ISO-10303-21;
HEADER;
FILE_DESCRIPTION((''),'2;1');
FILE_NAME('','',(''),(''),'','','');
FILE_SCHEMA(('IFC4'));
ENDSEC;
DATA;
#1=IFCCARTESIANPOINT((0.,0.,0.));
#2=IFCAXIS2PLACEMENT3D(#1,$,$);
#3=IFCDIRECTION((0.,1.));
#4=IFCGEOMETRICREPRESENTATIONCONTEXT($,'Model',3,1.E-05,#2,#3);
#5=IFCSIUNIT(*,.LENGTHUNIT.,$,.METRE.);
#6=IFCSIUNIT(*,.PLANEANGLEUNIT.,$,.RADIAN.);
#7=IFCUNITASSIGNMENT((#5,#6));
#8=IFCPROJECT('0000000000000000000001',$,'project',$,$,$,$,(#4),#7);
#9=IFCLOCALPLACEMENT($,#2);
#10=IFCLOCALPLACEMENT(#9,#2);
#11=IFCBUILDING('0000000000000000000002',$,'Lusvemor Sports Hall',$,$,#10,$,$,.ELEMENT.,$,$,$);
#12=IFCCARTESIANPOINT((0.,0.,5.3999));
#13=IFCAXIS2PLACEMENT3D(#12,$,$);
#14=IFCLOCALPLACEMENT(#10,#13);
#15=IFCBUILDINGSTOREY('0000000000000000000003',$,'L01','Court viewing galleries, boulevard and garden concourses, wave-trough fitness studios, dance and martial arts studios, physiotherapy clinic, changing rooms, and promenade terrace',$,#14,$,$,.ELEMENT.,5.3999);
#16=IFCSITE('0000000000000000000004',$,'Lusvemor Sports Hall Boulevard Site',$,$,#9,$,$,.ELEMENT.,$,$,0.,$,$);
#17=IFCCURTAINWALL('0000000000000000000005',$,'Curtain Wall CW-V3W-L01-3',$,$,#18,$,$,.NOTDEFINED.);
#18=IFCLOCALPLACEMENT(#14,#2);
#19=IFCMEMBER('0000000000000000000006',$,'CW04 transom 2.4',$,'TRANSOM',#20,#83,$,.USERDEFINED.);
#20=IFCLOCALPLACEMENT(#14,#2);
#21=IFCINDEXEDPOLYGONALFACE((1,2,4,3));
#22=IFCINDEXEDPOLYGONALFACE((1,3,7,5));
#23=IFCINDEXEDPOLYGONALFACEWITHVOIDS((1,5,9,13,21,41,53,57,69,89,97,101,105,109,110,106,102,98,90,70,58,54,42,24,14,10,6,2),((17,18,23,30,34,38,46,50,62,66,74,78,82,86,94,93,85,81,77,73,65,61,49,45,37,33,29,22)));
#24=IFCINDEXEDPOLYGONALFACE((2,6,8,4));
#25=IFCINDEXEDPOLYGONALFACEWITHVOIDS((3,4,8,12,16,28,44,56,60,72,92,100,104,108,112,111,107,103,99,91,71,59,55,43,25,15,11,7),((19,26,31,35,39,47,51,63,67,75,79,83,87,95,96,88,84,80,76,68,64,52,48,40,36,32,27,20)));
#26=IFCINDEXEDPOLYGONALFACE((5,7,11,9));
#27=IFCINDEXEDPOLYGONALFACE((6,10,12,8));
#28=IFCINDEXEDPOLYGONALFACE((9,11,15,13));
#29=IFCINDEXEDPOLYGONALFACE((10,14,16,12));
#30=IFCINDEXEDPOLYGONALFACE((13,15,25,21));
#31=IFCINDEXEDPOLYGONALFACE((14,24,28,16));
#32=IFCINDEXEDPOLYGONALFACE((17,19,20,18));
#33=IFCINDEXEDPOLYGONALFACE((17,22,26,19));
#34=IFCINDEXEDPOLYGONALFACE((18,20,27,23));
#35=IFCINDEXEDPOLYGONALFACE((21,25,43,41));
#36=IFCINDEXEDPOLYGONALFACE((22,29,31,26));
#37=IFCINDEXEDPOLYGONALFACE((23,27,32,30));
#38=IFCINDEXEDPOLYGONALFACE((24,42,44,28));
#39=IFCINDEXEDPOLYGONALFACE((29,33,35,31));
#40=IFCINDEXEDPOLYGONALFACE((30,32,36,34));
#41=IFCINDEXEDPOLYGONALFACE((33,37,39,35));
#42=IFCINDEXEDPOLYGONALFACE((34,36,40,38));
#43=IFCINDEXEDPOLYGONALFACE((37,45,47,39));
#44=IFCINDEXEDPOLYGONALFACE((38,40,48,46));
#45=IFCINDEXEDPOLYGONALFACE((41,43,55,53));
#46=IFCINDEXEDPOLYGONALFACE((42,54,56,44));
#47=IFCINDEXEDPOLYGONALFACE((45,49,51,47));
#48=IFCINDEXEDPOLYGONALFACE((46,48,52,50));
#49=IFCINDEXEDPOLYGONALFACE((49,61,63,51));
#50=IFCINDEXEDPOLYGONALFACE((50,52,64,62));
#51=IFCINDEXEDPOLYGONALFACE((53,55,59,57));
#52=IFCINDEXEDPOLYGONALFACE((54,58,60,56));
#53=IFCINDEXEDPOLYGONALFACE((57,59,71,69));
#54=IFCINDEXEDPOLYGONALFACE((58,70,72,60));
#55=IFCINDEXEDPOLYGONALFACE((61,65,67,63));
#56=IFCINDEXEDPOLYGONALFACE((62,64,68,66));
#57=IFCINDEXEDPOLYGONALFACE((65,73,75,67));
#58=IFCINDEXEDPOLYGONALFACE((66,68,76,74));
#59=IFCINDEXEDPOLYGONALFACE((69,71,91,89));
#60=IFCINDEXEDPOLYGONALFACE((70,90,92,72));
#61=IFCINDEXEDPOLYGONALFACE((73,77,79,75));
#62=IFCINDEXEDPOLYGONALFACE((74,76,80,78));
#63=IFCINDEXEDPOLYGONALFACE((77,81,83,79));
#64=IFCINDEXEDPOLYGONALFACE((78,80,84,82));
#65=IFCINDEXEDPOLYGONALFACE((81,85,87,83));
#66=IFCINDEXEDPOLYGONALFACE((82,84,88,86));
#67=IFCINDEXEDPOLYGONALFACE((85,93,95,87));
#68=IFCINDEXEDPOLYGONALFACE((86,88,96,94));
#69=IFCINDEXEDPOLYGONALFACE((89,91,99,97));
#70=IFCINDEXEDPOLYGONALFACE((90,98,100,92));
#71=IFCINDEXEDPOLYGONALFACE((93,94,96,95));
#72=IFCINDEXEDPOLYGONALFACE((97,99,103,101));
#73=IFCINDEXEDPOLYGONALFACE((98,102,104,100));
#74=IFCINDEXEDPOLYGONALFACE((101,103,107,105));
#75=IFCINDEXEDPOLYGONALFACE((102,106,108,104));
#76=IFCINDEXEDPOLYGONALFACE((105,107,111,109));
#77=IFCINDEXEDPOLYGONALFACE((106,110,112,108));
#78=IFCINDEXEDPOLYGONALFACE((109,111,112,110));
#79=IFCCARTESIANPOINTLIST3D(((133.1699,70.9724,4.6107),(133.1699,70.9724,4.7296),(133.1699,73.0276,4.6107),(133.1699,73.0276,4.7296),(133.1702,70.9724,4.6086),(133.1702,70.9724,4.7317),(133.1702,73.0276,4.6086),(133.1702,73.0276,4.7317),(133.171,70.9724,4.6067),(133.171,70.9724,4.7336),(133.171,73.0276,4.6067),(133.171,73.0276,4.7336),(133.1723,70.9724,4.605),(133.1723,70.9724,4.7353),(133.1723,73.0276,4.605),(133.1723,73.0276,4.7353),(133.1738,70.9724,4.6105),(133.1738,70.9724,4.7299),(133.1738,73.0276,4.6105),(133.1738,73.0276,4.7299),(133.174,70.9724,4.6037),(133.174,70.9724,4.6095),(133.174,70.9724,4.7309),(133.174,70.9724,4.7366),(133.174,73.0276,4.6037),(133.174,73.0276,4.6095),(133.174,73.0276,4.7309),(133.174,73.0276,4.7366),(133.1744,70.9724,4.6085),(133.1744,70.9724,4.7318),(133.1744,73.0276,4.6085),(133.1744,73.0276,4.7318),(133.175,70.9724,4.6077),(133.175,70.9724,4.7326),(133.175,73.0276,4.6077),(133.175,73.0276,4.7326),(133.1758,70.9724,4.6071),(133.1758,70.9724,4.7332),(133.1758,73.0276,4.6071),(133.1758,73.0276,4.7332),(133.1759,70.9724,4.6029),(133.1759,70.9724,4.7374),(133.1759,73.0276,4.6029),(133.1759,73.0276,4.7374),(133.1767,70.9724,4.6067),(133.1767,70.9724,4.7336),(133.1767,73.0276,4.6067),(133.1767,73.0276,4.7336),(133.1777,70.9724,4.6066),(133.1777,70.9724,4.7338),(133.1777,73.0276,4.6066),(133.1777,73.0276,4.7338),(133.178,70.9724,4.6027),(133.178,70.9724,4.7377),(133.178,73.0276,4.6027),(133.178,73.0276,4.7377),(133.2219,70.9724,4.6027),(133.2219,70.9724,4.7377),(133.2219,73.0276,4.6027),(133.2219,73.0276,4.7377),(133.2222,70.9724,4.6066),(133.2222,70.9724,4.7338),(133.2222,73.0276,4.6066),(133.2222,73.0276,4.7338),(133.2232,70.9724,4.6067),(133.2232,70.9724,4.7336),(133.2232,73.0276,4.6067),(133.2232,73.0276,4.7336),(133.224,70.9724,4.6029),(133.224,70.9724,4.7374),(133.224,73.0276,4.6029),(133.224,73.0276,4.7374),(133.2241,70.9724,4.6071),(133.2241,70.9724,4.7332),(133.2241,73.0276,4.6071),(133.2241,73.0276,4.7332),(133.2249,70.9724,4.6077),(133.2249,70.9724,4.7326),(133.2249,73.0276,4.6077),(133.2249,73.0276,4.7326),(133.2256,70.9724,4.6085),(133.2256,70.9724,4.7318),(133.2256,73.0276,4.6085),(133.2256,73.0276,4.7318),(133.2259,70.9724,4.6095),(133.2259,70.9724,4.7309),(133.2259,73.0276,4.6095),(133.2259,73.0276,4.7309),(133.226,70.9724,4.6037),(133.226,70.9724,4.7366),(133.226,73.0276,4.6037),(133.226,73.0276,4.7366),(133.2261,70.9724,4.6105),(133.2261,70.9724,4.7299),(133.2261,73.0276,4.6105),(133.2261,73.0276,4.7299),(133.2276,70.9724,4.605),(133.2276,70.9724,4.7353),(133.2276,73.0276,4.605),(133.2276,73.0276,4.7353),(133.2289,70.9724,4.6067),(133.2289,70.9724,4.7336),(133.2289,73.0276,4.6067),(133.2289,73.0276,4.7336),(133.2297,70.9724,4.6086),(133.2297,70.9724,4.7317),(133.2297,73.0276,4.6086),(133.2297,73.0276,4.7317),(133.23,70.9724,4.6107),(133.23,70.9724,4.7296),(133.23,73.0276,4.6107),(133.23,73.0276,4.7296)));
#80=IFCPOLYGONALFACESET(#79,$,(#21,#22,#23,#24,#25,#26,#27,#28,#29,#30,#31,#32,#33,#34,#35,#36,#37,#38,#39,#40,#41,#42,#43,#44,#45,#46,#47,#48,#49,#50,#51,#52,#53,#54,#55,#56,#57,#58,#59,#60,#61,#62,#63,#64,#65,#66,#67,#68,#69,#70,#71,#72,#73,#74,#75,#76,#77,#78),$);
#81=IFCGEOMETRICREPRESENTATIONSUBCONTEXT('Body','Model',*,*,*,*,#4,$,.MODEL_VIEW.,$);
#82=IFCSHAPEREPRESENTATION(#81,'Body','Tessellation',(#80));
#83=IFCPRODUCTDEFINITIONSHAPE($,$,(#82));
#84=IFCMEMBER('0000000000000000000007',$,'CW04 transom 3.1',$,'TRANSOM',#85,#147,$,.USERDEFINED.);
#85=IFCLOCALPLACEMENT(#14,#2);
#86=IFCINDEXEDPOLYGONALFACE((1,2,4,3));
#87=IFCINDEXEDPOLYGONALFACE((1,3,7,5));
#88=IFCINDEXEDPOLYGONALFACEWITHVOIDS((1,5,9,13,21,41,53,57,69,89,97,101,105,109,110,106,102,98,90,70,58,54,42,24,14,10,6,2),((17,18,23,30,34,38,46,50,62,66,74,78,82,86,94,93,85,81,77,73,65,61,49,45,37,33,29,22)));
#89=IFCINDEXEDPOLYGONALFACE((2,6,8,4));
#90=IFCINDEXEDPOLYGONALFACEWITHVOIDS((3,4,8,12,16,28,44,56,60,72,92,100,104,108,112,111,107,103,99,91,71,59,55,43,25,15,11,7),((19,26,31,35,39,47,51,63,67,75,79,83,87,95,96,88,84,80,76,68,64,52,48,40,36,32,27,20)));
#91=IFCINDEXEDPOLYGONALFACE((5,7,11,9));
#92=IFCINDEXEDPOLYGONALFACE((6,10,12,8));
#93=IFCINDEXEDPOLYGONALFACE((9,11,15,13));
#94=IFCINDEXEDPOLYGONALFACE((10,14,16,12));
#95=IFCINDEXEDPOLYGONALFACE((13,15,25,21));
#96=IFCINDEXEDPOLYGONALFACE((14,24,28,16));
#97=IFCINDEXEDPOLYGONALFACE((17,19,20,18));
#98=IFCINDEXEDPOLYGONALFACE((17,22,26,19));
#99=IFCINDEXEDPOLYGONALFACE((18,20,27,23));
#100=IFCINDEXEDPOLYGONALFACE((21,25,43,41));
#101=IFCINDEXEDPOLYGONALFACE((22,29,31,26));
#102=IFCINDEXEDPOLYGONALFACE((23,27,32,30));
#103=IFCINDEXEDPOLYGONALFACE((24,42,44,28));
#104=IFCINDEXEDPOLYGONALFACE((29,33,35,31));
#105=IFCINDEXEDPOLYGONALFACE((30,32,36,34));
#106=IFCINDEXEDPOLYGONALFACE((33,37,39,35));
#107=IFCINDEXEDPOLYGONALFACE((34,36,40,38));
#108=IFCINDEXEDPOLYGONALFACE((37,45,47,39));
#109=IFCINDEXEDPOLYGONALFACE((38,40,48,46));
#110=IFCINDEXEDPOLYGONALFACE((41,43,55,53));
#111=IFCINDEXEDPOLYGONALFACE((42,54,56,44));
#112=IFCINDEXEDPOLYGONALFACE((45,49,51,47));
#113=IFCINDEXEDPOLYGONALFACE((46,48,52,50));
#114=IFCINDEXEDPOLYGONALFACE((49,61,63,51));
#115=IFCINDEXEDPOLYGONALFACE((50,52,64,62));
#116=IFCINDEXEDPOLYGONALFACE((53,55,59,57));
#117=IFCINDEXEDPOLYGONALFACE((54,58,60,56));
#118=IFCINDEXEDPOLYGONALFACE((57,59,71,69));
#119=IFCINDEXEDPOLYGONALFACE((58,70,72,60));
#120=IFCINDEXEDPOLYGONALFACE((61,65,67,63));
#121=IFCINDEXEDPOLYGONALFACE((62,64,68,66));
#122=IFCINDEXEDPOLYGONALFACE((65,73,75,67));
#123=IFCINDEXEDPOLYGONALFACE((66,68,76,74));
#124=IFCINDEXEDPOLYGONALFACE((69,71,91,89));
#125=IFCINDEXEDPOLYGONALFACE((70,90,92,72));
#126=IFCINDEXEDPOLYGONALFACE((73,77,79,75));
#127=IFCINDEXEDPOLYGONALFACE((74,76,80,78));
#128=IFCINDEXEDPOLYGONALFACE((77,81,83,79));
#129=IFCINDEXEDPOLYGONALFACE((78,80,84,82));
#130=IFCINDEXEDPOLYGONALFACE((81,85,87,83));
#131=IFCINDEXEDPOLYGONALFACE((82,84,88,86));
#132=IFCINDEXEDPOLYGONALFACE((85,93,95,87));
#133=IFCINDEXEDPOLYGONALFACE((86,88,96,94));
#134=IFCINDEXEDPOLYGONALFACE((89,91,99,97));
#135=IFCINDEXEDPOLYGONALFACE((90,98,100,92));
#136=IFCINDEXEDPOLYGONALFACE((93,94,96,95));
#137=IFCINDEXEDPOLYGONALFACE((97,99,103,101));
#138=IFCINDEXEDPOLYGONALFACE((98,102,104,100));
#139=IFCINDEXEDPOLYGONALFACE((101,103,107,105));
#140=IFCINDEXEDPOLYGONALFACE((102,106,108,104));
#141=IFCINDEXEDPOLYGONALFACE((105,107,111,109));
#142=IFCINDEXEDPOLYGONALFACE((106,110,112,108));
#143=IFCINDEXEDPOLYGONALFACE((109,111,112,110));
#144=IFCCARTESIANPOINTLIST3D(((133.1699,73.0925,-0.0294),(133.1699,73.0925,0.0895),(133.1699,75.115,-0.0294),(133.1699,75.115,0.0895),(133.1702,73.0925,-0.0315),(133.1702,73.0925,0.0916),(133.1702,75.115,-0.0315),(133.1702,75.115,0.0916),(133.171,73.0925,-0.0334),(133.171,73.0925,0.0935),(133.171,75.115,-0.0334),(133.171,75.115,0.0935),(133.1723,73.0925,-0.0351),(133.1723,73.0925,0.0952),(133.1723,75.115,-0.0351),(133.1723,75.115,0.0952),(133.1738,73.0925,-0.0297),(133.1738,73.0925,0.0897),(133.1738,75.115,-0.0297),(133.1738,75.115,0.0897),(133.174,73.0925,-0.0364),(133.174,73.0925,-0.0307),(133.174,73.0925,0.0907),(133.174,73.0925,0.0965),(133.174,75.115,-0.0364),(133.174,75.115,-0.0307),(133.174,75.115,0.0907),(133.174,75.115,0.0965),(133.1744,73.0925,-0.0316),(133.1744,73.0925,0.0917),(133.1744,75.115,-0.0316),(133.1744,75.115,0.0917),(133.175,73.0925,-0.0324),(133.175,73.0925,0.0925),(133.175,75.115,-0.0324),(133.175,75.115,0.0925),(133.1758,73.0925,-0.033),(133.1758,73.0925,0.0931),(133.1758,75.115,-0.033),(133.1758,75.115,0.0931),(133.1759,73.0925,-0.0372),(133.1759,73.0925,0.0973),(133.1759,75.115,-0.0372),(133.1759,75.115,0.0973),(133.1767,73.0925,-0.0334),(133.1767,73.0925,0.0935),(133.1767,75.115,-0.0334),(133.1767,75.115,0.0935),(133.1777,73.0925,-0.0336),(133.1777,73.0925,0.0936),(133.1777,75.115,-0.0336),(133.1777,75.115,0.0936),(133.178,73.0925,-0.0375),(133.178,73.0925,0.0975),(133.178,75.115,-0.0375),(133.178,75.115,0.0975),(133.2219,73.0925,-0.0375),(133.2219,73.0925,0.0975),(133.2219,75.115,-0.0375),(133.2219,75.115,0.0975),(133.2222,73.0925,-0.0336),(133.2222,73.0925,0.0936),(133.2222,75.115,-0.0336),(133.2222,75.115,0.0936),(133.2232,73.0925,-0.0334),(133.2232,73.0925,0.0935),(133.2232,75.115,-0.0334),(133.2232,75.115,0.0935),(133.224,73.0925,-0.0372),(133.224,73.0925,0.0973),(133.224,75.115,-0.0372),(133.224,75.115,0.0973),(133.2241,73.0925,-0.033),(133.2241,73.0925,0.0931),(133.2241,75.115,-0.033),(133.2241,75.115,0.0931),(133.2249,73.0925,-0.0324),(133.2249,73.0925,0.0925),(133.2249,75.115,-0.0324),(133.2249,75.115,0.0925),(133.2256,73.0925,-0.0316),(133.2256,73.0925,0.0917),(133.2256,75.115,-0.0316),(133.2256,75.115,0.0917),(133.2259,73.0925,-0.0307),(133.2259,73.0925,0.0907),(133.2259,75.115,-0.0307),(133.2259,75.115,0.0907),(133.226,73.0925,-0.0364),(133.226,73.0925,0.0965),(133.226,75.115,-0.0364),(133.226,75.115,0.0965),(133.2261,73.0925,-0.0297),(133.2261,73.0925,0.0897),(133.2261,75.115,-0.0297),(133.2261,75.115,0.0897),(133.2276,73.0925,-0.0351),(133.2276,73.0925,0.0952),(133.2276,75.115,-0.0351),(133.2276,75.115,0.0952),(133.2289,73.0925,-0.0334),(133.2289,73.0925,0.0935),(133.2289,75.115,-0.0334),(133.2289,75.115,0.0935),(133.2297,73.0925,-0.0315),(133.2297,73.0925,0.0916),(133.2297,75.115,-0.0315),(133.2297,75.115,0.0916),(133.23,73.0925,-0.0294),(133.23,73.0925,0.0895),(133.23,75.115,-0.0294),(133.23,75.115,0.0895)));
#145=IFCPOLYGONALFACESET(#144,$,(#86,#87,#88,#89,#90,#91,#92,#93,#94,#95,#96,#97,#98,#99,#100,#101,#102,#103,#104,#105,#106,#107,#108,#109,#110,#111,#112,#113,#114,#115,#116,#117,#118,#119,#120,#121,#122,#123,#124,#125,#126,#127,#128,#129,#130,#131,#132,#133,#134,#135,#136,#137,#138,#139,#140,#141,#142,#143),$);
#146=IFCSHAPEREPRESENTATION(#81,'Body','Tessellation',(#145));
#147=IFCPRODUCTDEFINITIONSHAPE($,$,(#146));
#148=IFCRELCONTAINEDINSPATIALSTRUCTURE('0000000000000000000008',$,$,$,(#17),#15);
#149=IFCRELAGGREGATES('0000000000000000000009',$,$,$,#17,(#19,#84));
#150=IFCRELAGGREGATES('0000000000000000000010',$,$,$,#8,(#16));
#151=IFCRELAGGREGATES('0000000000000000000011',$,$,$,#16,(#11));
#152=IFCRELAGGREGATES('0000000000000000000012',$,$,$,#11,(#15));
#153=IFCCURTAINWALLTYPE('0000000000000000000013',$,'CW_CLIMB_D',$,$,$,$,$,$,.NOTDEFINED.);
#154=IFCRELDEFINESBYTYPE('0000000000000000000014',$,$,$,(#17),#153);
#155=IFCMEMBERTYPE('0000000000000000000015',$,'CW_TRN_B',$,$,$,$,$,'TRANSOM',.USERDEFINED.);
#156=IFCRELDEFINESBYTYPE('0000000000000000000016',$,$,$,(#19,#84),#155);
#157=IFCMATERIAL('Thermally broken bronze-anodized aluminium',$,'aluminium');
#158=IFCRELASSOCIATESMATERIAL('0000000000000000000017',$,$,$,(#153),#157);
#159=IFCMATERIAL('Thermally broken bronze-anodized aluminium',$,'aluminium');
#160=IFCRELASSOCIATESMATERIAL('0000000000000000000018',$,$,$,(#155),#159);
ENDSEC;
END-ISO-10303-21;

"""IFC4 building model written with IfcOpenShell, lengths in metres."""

from ifc_helpers import new_model, si_unit, direction, frame, origin, origin_2d, place, context, subcontext, project, spatial, hollow_rectangle, extrude, material, material_profile, profile_set, type_object, element, aggregate, save


model = new_model("IFC4")

# Units and contexts
model_context = context("Model", 3, precision=1e-05, world=origin(), true_north=direction((0.0, 1.0)))
body_context = subcontext(model_context, "Body", "Model", "MODEL_VIEW")
ifc_project = project(units=[si_unit("LENGTHUNIT", "METRE"), si_unit("PLANEANGLEUNIT", "RADIAN")], contexts=[model_context])

# Site, building, storey
site_placement = place(None, origin())
site = spatial("IfcSite", under=ifc_project, at=site_placement, Name="Lusvemor Sports Hall Boulevard Site", CompositionType="ELEMENT", RefElevation=0.0)
building_placement = place(site_placement, origin())
building = spatial("IfcBuilding", under=site, at=building_placement, Name="Lusvemor Sports Hall", CompositionType="ELEMENT")
storey_placement = place(building_placement, frame((0.0, 0.0, 5.3999)))
storey = spatial("IfcBuildingStorey", under=building, at=storey_placement, Name="L01", Description="Court viewing galleries, boulevard and garden concourses, wave-trough fitness studios, dance and martial arts studios, physiotherapy clinic, changing rooms, and promenade terrace", CompositionType="ELEMENT", Elevation=5.3999)

# Shared definitions
ifc_material_1 = material(Name="Thermally broken bronze-anodized aluminium", Category="aluminium")
curtain_wall_type = type_object("IfcCurtainWallType", Name="CW_CLIMB_D", PredefinedType="NOTDEFINED", material=ifc_material_1)

# Curtain wall
curtain_wall_1_placement = place(storey_placement, origin())
curtain_wall_1 = element("IfcCurtainWall", 1, at=curtain_wall_1_placement, inside=storey, type_object=curtain_wall_type, Name="Curtain Wall CW-V3W-L01-3", PredefinedType="NOTDEFINED")

# Members
ifc_material_2 = material(Name="Thermally broken bronze-anodized aluminium", Category="aluminium")
ifc_material_profile_1 = material_profile(ifc_material_2, hollow_rectangle(XDim=0.0601, YDim=0.135, WallThickness=0.0039, InnerFilletRadius=0.0039, OuterFilletRadius=0.0081, at=origin_2d()), Name="CWTRN135x60x4")
ifc_profile_set_1 = profile_set([ifc_material_profile_1], Name="Thermally broken bronze-anodized aluminium")
member_type_1 = type_object("IfcMemberType", Name="CW_TRN_B", ElementType="TRANSOM", PredefinedType="USERDEFINED", material=ifc_profile_set_1)
member_1_placement = place(storey_placement, frame((133.2, 70.9724, 4.6702), z_axis=(0.0, 1.0, 0.0), x_axis=(-1.0, 0.0, 0.0)))
member_1 = element("IfcMember", 2, at=member_1_placement, type_object=member_type_1, Name="CW04 transom 2.4", ObjectType="TRANSOM", PredefinedType="USERDEFINED", context=body_context, shape_type="SweptSolid", body=[
    extrude(hollow_rectangle(XDim=0.0601, YDim=0.135, WallThickness=0.0039, InnerFilletRadius=0.0039, OuterFilletRadius=0.0081, at=origin_2d()), origin(), (0.0, 0.0, 1.0), 2.0552),
])
member_2_placement = place(storey_placement, frame((133.2, 73.0925, 0.03), z_axis=(0.0, 1.0, 0.0), x_axis=(-1.0, 0.0, 0.0)))
member_2 = element("IfcMember", 3, at=member_2_placement, type_object=member_type_1, Name="CW04 transom 3.1", ObjectType="TRANSOM", PredefinedType="USERDEFINED", context=body_context, shape_type="SweptSolid", body=[
    extrude(hollow_rectangle(XDim=0.0601, YDim=0.135, WallThickness=0.0039, InnerFilletRadius=0.0039, OuterFilletRadius=0.0081, at=origin_2d()), origin(), (0.0, 0.0, 1.0), 2.0225),
])

aggregate(curtain_wall_1, [member_1, member_2])

save(model, "model.ifc")
